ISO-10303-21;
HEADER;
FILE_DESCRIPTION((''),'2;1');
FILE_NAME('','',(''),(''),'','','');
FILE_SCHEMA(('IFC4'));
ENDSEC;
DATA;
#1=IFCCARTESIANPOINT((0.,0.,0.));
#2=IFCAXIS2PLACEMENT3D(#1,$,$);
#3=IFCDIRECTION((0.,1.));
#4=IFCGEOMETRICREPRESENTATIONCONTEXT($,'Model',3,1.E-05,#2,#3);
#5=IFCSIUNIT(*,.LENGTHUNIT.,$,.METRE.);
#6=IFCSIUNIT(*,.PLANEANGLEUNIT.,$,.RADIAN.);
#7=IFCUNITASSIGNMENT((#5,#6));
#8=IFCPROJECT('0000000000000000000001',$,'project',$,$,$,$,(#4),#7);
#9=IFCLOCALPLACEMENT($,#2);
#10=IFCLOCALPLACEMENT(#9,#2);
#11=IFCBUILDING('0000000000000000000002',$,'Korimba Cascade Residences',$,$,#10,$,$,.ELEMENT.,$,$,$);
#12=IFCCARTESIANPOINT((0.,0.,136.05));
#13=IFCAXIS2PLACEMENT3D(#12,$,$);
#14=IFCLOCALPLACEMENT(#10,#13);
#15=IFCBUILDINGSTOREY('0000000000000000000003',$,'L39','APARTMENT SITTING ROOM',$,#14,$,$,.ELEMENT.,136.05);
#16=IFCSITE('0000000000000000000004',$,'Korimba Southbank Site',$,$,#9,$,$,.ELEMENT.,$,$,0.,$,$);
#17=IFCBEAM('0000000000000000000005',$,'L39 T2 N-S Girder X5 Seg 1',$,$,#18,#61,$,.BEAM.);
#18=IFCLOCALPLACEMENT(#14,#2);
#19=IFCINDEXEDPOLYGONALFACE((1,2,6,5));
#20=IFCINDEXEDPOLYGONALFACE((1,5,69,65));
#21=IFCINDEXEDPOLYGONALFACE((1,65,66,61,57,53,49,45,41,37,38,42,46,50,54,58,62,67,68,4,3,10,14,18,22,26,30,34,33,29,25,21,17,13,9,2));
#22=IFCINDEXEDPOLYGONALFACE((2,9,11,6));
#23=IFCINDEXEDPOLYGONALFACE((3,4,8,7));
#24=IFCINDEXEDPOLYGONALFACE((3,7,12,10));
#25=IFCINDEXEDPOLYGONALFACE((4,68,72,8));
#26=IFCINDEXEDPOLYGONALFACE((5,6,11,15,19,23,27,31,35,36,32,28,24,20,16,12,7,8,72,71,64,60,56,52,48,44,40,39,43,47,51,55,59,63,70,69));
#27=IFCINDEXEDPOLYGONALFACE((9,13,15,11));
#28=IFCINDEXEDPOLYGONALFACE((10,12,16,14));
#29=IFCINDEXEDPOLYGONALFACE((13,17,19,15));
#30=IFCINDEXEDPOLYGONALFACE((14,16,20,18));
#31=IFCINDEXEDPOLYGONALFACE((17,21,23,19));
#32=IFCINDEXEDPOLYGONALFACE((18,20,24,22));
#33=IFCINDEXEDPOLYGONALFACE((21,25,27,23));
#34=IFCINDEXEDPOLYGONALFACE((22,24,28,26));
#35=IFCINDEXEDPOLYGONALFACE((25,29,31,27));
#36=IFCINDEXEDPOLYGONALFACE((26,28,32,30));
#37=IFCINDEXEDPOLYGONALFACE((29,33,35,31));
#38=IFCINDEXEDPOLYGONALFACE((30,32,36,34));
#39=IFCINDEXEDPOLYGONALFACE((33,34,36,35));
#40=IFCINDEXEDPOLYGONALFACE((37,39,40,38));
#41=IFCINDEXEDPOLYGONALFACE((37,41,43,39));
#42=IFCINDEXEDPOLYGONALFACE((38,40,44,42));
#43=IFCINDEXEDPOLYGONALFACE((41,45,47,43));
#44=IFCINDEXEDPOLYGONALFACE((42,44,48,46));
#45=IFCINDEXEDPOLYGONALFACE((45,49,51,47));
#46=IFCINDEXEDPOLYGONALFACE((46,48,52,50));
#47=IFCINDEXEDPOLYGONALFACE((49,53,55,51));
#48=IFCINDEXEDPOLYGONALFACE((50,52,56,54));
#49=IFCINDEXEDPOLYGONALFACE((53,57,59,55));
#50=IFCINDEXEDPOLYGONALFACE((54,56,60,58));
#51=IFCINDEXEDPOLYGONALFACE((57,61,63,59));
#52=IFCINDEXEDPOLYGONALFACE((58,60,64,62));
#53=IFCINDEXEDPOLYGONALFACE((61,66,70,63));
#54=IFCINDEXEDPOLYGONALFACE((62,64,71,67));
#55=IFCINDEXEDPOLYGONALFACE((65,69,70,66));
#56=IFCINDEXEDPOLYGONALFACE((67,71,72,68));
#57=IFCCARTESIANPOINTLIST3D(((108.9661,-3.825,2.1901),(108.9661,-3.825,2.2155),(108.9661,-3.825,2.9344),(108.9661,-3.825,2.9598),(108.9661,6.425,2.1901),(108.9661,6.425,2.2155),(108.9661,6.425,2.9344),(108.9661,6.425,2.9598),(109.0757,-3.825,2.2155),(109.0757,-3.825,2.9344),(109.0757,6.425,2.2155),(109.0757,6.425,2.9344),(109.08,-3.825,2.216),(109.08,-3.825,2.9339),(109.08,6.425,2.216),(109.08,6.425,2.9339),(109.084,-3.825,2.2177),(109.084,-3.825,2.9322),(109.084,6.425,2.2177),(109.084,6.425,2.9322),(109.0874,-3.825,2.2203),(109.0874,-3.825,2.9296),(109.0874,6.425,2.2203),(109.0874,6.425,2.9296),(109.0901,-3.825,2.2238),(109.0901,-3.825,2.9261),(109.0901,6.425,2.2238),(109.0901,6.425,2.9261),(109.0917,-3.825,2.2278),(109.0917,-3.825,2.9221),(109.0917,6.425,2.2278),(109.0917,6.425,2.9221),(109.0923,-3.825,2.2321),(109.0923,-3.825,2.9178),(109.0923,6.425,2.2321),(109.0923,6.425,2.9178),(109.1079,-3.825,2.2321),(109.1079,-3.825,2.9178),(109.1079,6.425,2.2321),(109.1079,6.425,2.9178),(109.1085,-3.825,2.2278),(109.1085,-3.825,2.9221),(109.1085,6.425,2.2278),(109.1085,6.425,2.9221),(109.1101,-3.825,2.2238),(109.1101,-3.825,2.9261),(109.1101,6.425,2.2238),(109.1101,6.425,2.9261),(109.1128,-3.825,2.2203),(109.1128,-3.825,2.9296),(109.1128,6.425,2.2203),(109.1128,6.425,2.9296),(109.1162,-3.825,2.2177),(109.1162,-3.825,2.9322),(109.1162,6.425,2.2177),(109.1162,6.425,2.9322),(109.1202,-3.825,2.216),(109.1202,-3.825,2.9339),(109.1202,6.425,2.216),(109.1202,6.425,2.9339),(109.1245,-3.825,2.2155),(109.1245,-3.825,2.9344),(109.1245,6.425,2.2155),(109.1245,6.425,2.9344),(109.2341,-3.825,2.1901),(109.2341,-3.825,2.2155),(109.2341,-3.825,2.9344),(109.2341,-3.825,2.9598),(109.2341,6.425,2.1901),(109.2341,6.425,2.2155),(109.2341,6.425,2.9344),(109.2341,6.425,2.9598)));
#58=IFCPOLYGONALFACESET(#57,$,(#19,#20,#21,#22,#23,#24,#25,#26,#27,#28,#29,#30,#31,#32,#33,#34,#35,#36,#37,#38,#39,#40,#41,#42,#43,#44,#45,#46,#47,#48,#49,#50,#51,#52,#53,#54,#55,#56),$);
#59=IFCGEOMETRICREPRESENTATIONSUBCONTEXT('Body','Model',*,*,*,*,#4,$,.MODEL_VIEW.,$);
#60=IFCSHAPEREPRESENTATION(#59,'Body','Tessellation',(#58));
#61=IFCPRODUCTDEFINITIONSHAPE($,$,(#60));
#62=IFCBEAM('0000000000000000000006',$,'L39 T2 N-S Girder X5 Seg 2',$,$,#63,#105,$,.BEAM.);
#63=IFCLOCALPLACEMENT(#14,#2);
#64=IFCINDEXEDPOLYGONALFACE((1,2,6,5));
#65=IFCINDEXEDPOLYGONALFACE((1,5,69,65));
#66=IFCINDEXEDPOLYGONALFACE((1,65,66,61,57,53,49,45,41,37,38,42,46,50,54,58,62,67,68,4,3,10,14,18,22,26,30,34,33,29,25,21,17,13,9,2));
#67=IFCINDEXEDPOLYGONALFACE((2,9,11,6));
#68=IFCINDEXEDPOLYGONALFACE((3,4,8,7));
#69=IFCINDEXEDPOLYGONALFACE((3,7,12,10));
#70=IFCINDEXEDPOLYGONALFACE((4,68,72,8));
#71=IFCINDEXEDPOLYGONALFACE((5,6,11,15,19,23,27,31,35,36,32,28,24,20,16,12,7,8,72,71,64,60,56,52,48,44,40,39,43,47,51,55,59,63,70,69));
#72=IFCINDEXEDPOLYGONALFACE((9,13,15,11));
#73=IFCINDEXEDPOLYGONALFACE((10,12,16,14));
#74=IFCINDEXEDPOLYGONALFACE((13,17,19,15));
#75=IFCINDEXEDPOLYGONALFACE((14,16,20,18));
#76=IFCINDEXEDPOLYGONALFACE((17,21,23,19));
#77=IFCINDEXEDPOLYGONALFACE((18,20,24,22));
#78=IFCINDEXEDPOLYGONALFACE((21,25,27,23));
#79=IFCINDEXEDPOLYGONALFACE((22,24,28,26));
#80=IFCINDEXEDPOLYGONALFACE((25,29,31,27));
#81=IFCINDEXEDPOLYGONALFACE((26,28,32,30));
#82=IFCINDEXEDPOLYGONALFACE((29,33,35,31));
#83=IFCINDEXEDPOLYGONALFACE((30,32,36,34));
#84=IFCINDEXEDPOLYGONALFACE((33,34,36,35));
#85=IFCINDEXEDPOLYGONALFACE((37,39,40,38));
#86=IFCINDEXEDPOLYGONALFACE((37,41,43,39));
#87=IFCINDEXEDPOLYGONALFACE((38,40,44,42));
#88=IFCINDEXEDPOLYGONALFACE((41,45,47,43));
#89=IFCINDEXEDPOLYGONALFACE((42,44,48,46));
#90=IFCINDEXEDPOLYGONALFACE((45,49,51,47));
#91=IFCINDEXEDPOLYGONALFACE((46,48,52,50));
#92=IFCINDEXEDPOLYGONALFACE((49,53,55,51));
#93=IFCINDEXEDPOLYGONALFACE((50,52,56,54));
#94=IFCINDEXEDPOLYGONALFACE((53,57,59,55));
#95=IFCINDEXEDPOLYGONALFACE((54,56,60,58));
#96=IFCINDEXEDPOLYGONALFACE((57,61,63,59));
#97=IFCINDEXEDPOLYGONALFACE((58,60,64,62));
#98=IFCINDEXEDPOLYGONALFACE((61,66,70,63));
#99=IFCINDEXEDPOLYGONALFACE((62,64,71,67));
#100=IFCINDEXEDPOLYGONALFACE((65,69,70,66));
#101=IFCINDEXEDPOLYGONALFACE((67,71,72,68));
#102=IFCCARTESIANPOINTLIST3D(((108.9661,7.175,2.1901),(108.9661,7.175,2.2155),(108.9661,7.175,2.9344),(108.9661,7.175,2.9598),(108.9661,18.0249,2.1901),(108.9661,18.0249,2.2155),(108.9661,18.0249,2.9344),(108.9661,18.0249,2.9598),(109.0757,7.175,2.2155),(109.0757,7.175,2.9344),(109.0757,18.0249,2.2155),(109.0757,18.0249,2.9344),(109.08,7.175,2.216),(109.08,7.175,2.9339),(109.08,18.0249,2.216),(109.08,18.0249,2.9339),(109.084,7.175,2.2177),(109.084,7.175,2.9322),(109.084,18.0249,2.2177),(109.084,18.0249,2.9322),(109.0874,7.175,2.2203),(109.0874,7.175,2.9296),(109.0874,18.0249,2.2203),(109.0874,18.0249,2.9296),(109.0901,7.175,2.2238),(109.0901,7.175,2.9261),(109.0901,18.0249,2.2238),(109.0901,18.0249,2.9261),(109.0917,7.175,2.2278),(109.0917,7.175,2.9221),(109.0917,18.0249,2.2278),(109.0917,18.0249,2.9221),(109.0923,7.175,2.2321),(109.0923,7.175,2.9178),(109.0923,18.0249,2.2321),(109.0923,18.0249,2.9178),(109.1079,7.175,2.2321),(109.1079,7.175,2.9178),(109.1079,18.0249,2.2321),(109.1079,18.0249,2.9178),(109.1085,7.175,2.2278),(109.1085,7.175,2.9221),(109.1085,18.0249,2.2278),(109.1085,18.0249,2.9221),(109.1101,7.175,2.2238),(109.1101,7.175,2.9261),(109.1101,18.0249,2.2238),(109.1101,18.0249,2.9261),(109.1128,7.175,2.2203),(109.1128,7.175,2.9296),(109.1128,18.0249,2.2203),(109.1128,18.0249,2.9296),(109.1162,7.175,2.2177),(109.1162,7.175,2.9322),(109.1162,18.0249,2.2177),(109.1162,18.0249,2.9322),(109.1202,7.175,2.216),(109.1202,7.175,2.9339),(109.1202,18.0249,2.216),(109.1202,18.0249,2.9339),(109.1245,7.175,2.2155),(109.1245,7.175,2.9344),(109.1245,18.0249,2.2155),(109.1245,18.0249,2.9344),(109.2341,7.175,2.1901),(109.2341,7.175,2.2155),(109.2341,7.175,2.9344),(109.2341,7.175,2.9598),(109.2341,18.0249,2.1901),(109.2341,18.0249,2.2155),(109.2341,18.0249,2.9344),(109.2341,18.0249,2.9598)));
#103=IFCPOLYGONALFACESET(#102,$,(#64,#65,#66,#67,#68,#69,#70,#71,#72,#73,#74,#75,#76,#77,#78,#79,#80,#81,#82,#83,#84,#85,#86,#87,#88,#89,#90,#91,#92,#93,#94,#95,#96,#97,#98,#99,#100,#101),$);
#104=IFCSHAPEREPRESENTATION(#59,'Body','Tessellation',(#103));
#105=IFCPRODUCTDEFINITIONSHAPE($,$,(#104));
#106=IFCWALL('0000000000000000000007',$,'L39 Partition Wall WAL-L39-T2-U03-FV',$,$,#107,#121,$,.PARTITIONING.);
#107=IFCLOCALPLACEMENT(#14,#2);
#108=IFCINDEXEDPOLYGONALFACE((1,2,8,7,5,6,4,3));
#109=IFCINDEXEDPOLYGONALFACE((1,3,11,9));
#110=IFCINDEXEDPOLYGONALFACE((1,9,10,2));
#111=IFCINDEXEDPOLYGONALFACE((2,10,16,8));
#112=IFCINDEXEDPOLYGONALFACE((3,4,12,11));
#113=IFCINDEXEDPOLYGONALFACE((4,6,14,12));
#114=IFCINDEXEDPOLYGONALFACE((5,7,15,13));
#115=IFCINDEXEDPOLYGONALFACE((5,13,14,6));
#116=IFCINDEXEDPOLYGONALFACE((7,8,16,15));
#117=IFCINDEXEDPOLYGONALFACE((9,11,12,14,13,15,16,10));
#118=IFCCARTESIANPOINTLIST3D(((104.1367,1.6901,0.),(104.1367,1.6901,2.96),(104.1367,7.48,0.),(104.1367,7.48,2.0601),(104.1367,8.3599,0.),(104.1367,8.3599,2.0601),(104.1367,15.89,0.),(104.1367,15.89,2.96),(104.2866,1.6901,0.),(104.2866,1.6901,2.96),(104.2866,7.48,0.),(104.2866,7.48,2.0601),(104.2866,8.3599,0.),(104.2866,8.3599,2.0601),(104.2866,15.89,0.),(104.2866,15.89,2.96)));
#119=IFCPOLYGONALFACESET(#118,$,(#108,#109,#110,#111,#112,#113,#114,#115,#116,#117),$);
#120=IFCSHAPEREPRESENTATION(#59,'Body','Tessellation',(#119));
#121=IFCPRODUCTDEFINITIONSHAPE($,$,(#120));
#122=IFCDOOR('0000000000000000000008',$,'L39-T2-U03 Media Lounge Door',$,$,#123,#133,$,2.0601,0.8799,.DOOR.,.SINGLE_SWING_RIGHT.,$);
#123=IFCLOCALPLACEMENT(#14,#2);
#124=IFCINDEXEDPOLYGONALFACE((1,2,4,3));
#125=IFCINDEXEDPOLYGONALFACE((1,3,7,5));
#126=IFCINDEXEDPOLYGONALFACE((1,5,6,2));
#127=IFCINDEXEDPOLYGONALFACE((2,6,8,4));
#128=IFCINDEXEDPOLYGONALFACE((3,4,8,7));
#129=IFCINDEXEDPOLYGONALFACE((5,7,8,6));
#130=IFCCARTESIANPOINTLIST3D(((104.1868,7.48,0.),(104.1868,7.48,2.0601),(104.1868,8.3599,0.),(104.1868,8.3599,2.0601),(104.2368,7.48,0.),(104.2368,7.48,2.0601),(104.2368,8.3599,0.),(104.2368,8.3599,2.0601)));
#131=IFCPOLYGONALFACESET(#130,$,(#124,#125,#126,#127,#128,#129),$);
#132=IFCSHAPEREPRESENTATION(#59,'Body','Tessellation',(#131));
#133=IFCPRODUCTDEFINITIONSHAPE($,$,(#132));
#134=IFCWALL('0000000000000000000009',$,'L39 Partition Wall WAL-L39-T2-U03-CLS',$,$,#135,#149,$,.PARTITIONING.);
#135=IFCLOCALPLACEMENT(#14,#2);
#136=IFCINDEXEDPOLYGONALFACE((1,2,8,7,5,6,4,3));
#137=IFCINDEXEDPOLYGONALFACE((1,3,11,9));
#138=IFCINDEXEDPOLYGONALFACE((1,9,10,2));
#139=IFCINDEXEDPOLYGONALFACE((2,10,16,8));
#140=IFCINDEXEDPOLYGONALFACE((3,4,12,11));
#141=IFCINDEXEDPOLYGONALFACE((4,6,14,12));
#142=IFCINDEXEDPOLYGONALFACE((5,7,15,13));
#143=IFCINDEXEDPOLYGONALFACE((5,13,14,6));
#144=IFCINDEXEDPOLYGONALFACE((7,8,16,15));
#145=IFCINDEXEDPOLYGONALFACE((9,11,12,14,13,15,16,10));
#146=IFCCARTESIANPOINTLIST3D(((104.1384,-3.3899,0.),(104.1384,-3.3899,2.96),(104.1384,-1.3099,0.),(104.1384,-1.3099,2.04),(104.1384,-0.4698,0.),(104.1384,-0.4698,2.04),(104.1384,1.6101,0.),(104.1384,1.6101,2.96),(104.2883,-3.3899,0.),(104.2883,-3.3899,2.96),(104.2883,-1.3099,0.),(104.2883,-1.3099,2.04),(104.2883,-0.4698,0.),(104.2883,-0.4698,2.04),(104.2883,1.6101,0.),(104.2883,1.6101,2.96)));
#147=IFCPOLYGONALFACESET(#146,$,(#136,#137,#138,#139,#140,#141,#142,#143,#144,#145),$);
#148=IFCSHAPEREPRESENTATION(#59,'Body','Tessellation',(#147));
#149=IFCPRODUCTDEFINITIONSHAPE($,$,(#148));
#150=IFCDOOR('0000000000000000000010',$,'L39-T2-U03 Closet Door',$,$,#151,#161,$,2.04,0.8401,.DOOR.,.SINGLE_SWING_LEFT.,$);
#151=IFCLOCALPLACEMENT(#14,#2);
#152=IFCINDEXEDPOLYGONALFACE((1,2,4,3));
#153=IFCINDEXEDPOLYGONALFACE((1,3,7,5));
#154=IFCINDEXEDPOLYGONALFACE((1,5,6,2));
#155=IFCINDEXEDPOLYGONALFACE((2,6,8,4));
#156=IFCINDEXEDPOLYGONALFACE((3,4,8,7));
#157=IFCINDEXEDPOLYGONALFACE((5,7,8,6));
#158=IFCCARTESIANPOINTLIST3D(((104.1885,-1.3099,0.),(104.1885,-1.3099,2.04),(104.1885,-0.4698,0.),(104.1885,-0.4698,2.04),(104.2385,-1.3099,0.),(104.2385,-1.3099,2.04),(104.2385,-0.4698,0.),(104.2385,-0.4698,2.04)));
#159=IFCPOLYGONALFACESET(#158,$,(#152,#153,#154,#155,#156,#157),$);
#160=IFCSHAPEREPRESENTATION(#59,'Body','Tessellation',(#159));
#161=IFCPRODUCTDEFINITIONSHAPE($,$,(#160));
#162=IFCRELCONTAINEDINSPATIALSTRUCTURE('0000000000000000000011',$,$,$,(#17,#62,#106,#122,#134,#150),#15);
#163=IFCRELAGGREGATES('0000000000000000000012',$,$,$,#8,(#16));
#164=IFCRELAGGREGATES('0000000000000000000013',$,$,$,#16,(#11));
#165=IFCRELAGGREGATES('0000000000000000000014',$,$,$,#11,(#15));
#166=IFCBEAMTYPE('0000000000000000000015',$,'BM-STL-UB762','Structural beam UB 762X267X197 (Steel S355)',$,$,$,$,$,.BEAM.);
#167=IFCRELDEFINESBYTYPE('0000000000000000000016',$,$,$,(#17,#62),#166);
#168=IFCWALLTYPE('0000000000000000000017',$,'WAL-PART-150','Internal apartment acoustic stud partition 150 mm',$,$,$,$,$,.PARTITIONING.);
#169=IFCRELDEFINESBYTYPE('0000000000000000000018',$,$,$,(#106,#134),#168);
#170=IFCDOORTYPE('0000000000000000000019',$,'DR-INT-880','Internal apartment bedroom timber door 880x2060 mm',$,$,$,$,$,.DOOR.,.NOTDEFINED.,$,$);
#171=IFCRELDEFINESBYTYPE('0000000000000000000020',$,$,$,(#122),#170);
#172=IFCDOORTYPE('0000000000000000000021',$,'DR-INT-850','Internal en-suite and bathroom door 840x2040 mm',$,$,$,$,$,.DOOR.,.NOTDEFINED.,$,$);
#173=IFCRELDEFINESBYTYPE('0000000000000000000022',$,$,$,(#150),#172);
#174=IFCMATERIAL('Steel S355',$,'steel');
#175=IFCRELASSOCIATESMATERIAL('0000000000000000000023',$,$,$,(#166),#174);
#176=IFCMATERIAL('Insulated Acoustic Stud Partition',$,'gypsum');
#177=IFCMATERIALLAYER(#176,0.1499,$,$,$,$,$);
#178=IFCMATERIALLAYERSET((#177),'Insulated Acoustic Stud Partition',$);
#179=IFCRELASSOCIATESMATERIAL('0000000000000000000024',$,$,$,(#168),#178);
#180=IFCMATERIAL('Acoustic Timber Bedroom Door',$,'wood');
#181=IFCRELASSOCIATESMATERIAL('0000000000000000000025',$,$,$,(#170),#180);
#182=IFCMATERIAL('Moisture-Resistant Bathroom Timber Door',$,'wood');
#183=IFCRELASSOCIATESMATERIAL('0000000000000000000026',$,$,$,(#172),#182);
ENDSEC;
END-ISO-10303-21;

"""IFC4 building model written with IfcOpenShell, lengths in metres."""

from ifc_helpers import new_model, si_unit, direction, frame, frame_2d, origin, origin_2d, place, context, subcontext, project, spatial, rectangle, i_section, extrude, material, layer, layer_set, material_profile, profile_set, type_object, element, fill, save


model = new_model("IFC4")

# Units and contexts
model_context = context("Model", 3, precision=1e-05, world=origin(), true_north=direction((0.0, 1.0)))
body_context = subcontext(model_context, "Body", "Model", "MODEL_VIEW")
ifc_project = project(units=[si_unit("LENGTHUNIT", "METRE"), si_unit("PLANEANGLEUNIT", "RADIAN")], contexts=[model_context])

# Site, building, storey
site_placement = place(None, origin())
site = spatial("IfcSite", under=ifc_project, at=site_placement, Name="Korimba Southbank Site", CompositionType="ELEMENT", RefElevation=0.0)
building_placement = place(site_placement, origin())
building = spatial("IfcBuilding", under=site, at=building_placement, Name="Korimba Cascade Residences", CompositionType="ELEMENT")
storey_placement = place(building_placement, frame((0.0, 0.0, 136.05)))
storey = spatial("IfcBuildingStorey", under=building, at=storey_placement, Name="L39", Description="APARTMENT SITTING ROOM", CompositionType="ELEMENT", Elevation=136.05)

# Beams
ifc_material_1 = material(Name="Steel S355", Category="steel")
ifc_material_profile_1 = material_profile(ifc_material_1, i_section(OverallWidth=0.2681, OverallDepth=0.7698, WebThickness=0.0156, FlangeThickness=0.0254, FilletRadius=0.0166, at=origin_2d()), Name="Steel S355")
ifc_profile_set_1 = profile_set([ifc_material_profile_1], Name="Steel S355")
beam_type_1 = type_object("IfcBeamType", Name="BM-STL-UB762", Description="Structural beam UB 762X267X197 (Steel S355)", PredefinedType="BEAM", material=ifc_profile_set_1)
beam_1_placement = place(storey_placement, frame((109.1001, -3.825, 2.575), z_axis=(0.0, 1.0, 0.0), x_axis=(-1.0, 0.0, 0.0)))
element("IfcBeam", 1, at=beam_1_placement, inside=storey, type_object=beam_type_1, Name="L39 T2 N-S Girder X5 Seg 1", PredefinedType="BEAM", context=body_context, shape_type="SweptSolid", body=[
    extrude(i_section(OverallWidth=0.2681, OverallDepth=0.7698, WebThickness=0.0156, FlangeThickness=0.0254, FilletRadius=0.0166, at=origin_2d()), origin(), (0.0, 0.0, 1.0), 10.25),
])
beam_2_placement = place(storey_placement, frame((109.1001, 7.175, 2.575), z_axis=(0.0, 1.0, 0.0), x_axis=(-1.0, 0.0, 0.0)))
element("IfcBeam", 2, at=beam_2_placement, inside=storey, type_object=beam_type_1, Name="L39 T2 N-S Girder X5 Seg 2", PredefinedType="BEAM", context=body_context, shape_type="SweptSolid", body=[
    extrude(i_section(OverallWidth=0.2681, OverallDepth=0.7698, WebThickness=0.0156, FlangeThickness=0.0254, FilletRadius=0.0166, at=origin_2d()), origin(), (0.0, 0.0, 1.0), 10.8499),
])

# Walls, openings, doors
ifc_material_2 = material(Name="Insulated Acoustic Stud Partition", Category="gypsum")
ifc_layer = layer(ifc_material_2, 0.1499)
ifc_layer_set = layer_set([ifc_layer], Name="Insulated Acoustic Stud Partition")
wall_type = type_object("IfcWallType", Name="WAL-PART-150", Description="Internal apartment acoustic stud partition 150 mm", PredefinedType="PARTITIONING", material=ifc_layer_set)
wall_1_placement = place(storey_placement, frame((104.2117, 1.6899, 0.0), z_axis=(0.0, 0.0, 1.0), x_axis=(0.0, 1.0, 0.0)))
wall_1 = element("IfcWall", 3, at=wall_1_placement, inside=storey, type_object=wall_type, Name="L39 Partition Wall WAL-L39-T2-U03-FV", PredefinedType="PARTITIONING", context=body_context, shape_type="SweptSolid", body=[
    extrude(rectangle(XDim=14.2, YDim=0.1499, at=frame_2d((7.1001, 0.0))), origin(), (0.0, 0.0, 1.0), 2.96),
])
opening_1_placement = place(wall_1_placement, frame((5.79, 0.0, 0.0)))
opening_1 = element("IfcOpeningElement", 4, at=opening_1_placement, cuts=wall_1, PredefinedType="OPENING", context=body_context, shape_type="SweptSolid", body=[
    extrude(rectangle(XDim=0.8799, YDim=2.0601, at=frame_2d((0.4399, 1.03))), frame((0.0, 0.085, 0.0), z_axis=(0.0, -1.0, 0.0), x_axis=(1.0, 0.0, 0.0)), (0.0, 0.0, 1.0), 0.1699),
])
ifc_material_3 = material(Name="Acoustic Timber Bedroom Door", Category="wood")
door_type_1 = type_object("IfcDoorType", Name="DR-INT-880", Description="Internal apartment bedroom timber door 880x2060 mm", OperationType="NOTDEFINED", PredefinedType="DOOR", material=ifc_material_3)
door_1_placement = place(opening_1_placement, origin())
door_1 = element("IfcDoor", 5, at=door_1_placement, inside=storey, type_object=door_type_1, Name="L39-T2-U03 Media Lounge Door", OperationType="SINGLE_SWING_RIGHT", OverallHeight=2.0601, OverallWidth=0.8799, PredefinedType="DOOR", context=body_context, shape_type="SweptSolid", body=[
    extrude(rectangle(XDim=0.8799, YDim=2.0601, at=frame_2d((0.4399, 1.03))), frame((0.0, 0.0249, 0.0), z_axis=(0.0, -1.0, 0.0), x_axis=(1.0, 0.0, 0.0)), (0.0, 0.0, 1.0), 0.05),
])
fill(opening_1, door_1)
wall_2_placement = place(storey_placement, frame((104.2134, -3.3899, 0.0), z_axis=(0.0, 0.0, 1.0), x_axis=(0.0, 1.0, 0.0)))
wall_2 = element("IfcWall", 6, at=wall_2_placement, inside=storey, type_object=wall_type, Name="L39 Partition Wall WAL-L39-T2-U03-CLS", PredefinedType="PARTITIONING", context=body_context, shape_type="SweptSolid", body=[
    extrude(rectangle(XDim=5.0, YDim=0.1499, at=frame_2d((2.5, 0.0))), origin(), (0.0, 0.0, 1.0), 2.96),
])
opening_2_placement = place(wall_2_placement, frame((2.0801, 0.0, 0.0)))
opening_2 = element("IfcOpeningElement", 7, at=opening_2_placement, cuts=wall_2, PredefinedType="OPENING", context=body_context, shape_type="SweptSolid", body=[
    extrude(rectangle(XDim=0.8401, YDim=2.04, at=frame_2d((0.4199, 1.02))), frame((0.0, 0.085, 0.0), z_axis=(0.0, -1.0, 0.0), x_axis=(1.0, 0.0, 0.0)), (0.0, 0.0, 1.0), 0.1699),
])
ifc_material_4 = material(Name="Moisture-Resistant Bathroom Timber Door", Category="wood")
door_type_2 = type_object("IfcDoorType", Name="DR-INT-850", Description="Internal en-suite and bathroom door 840x2040 mm", OperationType="NOTDEFINED", PredefinedType="DOOR", material=ifc_material_4)
door_2_placement = place(opening_2_placement, origin())
door_2 = element("IfcDoor", 8, at=door_2_placement, inside=storey, type_object=door_type_2, Name="L39-T2-U03 Closet Door", OperationType="SINGLE_SWING_LEFT", OverallHeight=2.04, OverallWidth=0.8401, PredefinedType="DOOR", context=body_context, shape_type="SweptSolid", body=[
    extrude(rectangle(XDim=0.8401, YDim=2.04, at=frame_2d((0.4199, 1.02))), frame((0.0, 0.0249, 0.0), z_axis=(0.0, -1.0, 0.0), x_axis=(1.0, 0.0, 0.0)), (0.0, 0.0, 1.0), 0.05),
])
fill(opening_2, door_2)

save(model, "model.ifc")
